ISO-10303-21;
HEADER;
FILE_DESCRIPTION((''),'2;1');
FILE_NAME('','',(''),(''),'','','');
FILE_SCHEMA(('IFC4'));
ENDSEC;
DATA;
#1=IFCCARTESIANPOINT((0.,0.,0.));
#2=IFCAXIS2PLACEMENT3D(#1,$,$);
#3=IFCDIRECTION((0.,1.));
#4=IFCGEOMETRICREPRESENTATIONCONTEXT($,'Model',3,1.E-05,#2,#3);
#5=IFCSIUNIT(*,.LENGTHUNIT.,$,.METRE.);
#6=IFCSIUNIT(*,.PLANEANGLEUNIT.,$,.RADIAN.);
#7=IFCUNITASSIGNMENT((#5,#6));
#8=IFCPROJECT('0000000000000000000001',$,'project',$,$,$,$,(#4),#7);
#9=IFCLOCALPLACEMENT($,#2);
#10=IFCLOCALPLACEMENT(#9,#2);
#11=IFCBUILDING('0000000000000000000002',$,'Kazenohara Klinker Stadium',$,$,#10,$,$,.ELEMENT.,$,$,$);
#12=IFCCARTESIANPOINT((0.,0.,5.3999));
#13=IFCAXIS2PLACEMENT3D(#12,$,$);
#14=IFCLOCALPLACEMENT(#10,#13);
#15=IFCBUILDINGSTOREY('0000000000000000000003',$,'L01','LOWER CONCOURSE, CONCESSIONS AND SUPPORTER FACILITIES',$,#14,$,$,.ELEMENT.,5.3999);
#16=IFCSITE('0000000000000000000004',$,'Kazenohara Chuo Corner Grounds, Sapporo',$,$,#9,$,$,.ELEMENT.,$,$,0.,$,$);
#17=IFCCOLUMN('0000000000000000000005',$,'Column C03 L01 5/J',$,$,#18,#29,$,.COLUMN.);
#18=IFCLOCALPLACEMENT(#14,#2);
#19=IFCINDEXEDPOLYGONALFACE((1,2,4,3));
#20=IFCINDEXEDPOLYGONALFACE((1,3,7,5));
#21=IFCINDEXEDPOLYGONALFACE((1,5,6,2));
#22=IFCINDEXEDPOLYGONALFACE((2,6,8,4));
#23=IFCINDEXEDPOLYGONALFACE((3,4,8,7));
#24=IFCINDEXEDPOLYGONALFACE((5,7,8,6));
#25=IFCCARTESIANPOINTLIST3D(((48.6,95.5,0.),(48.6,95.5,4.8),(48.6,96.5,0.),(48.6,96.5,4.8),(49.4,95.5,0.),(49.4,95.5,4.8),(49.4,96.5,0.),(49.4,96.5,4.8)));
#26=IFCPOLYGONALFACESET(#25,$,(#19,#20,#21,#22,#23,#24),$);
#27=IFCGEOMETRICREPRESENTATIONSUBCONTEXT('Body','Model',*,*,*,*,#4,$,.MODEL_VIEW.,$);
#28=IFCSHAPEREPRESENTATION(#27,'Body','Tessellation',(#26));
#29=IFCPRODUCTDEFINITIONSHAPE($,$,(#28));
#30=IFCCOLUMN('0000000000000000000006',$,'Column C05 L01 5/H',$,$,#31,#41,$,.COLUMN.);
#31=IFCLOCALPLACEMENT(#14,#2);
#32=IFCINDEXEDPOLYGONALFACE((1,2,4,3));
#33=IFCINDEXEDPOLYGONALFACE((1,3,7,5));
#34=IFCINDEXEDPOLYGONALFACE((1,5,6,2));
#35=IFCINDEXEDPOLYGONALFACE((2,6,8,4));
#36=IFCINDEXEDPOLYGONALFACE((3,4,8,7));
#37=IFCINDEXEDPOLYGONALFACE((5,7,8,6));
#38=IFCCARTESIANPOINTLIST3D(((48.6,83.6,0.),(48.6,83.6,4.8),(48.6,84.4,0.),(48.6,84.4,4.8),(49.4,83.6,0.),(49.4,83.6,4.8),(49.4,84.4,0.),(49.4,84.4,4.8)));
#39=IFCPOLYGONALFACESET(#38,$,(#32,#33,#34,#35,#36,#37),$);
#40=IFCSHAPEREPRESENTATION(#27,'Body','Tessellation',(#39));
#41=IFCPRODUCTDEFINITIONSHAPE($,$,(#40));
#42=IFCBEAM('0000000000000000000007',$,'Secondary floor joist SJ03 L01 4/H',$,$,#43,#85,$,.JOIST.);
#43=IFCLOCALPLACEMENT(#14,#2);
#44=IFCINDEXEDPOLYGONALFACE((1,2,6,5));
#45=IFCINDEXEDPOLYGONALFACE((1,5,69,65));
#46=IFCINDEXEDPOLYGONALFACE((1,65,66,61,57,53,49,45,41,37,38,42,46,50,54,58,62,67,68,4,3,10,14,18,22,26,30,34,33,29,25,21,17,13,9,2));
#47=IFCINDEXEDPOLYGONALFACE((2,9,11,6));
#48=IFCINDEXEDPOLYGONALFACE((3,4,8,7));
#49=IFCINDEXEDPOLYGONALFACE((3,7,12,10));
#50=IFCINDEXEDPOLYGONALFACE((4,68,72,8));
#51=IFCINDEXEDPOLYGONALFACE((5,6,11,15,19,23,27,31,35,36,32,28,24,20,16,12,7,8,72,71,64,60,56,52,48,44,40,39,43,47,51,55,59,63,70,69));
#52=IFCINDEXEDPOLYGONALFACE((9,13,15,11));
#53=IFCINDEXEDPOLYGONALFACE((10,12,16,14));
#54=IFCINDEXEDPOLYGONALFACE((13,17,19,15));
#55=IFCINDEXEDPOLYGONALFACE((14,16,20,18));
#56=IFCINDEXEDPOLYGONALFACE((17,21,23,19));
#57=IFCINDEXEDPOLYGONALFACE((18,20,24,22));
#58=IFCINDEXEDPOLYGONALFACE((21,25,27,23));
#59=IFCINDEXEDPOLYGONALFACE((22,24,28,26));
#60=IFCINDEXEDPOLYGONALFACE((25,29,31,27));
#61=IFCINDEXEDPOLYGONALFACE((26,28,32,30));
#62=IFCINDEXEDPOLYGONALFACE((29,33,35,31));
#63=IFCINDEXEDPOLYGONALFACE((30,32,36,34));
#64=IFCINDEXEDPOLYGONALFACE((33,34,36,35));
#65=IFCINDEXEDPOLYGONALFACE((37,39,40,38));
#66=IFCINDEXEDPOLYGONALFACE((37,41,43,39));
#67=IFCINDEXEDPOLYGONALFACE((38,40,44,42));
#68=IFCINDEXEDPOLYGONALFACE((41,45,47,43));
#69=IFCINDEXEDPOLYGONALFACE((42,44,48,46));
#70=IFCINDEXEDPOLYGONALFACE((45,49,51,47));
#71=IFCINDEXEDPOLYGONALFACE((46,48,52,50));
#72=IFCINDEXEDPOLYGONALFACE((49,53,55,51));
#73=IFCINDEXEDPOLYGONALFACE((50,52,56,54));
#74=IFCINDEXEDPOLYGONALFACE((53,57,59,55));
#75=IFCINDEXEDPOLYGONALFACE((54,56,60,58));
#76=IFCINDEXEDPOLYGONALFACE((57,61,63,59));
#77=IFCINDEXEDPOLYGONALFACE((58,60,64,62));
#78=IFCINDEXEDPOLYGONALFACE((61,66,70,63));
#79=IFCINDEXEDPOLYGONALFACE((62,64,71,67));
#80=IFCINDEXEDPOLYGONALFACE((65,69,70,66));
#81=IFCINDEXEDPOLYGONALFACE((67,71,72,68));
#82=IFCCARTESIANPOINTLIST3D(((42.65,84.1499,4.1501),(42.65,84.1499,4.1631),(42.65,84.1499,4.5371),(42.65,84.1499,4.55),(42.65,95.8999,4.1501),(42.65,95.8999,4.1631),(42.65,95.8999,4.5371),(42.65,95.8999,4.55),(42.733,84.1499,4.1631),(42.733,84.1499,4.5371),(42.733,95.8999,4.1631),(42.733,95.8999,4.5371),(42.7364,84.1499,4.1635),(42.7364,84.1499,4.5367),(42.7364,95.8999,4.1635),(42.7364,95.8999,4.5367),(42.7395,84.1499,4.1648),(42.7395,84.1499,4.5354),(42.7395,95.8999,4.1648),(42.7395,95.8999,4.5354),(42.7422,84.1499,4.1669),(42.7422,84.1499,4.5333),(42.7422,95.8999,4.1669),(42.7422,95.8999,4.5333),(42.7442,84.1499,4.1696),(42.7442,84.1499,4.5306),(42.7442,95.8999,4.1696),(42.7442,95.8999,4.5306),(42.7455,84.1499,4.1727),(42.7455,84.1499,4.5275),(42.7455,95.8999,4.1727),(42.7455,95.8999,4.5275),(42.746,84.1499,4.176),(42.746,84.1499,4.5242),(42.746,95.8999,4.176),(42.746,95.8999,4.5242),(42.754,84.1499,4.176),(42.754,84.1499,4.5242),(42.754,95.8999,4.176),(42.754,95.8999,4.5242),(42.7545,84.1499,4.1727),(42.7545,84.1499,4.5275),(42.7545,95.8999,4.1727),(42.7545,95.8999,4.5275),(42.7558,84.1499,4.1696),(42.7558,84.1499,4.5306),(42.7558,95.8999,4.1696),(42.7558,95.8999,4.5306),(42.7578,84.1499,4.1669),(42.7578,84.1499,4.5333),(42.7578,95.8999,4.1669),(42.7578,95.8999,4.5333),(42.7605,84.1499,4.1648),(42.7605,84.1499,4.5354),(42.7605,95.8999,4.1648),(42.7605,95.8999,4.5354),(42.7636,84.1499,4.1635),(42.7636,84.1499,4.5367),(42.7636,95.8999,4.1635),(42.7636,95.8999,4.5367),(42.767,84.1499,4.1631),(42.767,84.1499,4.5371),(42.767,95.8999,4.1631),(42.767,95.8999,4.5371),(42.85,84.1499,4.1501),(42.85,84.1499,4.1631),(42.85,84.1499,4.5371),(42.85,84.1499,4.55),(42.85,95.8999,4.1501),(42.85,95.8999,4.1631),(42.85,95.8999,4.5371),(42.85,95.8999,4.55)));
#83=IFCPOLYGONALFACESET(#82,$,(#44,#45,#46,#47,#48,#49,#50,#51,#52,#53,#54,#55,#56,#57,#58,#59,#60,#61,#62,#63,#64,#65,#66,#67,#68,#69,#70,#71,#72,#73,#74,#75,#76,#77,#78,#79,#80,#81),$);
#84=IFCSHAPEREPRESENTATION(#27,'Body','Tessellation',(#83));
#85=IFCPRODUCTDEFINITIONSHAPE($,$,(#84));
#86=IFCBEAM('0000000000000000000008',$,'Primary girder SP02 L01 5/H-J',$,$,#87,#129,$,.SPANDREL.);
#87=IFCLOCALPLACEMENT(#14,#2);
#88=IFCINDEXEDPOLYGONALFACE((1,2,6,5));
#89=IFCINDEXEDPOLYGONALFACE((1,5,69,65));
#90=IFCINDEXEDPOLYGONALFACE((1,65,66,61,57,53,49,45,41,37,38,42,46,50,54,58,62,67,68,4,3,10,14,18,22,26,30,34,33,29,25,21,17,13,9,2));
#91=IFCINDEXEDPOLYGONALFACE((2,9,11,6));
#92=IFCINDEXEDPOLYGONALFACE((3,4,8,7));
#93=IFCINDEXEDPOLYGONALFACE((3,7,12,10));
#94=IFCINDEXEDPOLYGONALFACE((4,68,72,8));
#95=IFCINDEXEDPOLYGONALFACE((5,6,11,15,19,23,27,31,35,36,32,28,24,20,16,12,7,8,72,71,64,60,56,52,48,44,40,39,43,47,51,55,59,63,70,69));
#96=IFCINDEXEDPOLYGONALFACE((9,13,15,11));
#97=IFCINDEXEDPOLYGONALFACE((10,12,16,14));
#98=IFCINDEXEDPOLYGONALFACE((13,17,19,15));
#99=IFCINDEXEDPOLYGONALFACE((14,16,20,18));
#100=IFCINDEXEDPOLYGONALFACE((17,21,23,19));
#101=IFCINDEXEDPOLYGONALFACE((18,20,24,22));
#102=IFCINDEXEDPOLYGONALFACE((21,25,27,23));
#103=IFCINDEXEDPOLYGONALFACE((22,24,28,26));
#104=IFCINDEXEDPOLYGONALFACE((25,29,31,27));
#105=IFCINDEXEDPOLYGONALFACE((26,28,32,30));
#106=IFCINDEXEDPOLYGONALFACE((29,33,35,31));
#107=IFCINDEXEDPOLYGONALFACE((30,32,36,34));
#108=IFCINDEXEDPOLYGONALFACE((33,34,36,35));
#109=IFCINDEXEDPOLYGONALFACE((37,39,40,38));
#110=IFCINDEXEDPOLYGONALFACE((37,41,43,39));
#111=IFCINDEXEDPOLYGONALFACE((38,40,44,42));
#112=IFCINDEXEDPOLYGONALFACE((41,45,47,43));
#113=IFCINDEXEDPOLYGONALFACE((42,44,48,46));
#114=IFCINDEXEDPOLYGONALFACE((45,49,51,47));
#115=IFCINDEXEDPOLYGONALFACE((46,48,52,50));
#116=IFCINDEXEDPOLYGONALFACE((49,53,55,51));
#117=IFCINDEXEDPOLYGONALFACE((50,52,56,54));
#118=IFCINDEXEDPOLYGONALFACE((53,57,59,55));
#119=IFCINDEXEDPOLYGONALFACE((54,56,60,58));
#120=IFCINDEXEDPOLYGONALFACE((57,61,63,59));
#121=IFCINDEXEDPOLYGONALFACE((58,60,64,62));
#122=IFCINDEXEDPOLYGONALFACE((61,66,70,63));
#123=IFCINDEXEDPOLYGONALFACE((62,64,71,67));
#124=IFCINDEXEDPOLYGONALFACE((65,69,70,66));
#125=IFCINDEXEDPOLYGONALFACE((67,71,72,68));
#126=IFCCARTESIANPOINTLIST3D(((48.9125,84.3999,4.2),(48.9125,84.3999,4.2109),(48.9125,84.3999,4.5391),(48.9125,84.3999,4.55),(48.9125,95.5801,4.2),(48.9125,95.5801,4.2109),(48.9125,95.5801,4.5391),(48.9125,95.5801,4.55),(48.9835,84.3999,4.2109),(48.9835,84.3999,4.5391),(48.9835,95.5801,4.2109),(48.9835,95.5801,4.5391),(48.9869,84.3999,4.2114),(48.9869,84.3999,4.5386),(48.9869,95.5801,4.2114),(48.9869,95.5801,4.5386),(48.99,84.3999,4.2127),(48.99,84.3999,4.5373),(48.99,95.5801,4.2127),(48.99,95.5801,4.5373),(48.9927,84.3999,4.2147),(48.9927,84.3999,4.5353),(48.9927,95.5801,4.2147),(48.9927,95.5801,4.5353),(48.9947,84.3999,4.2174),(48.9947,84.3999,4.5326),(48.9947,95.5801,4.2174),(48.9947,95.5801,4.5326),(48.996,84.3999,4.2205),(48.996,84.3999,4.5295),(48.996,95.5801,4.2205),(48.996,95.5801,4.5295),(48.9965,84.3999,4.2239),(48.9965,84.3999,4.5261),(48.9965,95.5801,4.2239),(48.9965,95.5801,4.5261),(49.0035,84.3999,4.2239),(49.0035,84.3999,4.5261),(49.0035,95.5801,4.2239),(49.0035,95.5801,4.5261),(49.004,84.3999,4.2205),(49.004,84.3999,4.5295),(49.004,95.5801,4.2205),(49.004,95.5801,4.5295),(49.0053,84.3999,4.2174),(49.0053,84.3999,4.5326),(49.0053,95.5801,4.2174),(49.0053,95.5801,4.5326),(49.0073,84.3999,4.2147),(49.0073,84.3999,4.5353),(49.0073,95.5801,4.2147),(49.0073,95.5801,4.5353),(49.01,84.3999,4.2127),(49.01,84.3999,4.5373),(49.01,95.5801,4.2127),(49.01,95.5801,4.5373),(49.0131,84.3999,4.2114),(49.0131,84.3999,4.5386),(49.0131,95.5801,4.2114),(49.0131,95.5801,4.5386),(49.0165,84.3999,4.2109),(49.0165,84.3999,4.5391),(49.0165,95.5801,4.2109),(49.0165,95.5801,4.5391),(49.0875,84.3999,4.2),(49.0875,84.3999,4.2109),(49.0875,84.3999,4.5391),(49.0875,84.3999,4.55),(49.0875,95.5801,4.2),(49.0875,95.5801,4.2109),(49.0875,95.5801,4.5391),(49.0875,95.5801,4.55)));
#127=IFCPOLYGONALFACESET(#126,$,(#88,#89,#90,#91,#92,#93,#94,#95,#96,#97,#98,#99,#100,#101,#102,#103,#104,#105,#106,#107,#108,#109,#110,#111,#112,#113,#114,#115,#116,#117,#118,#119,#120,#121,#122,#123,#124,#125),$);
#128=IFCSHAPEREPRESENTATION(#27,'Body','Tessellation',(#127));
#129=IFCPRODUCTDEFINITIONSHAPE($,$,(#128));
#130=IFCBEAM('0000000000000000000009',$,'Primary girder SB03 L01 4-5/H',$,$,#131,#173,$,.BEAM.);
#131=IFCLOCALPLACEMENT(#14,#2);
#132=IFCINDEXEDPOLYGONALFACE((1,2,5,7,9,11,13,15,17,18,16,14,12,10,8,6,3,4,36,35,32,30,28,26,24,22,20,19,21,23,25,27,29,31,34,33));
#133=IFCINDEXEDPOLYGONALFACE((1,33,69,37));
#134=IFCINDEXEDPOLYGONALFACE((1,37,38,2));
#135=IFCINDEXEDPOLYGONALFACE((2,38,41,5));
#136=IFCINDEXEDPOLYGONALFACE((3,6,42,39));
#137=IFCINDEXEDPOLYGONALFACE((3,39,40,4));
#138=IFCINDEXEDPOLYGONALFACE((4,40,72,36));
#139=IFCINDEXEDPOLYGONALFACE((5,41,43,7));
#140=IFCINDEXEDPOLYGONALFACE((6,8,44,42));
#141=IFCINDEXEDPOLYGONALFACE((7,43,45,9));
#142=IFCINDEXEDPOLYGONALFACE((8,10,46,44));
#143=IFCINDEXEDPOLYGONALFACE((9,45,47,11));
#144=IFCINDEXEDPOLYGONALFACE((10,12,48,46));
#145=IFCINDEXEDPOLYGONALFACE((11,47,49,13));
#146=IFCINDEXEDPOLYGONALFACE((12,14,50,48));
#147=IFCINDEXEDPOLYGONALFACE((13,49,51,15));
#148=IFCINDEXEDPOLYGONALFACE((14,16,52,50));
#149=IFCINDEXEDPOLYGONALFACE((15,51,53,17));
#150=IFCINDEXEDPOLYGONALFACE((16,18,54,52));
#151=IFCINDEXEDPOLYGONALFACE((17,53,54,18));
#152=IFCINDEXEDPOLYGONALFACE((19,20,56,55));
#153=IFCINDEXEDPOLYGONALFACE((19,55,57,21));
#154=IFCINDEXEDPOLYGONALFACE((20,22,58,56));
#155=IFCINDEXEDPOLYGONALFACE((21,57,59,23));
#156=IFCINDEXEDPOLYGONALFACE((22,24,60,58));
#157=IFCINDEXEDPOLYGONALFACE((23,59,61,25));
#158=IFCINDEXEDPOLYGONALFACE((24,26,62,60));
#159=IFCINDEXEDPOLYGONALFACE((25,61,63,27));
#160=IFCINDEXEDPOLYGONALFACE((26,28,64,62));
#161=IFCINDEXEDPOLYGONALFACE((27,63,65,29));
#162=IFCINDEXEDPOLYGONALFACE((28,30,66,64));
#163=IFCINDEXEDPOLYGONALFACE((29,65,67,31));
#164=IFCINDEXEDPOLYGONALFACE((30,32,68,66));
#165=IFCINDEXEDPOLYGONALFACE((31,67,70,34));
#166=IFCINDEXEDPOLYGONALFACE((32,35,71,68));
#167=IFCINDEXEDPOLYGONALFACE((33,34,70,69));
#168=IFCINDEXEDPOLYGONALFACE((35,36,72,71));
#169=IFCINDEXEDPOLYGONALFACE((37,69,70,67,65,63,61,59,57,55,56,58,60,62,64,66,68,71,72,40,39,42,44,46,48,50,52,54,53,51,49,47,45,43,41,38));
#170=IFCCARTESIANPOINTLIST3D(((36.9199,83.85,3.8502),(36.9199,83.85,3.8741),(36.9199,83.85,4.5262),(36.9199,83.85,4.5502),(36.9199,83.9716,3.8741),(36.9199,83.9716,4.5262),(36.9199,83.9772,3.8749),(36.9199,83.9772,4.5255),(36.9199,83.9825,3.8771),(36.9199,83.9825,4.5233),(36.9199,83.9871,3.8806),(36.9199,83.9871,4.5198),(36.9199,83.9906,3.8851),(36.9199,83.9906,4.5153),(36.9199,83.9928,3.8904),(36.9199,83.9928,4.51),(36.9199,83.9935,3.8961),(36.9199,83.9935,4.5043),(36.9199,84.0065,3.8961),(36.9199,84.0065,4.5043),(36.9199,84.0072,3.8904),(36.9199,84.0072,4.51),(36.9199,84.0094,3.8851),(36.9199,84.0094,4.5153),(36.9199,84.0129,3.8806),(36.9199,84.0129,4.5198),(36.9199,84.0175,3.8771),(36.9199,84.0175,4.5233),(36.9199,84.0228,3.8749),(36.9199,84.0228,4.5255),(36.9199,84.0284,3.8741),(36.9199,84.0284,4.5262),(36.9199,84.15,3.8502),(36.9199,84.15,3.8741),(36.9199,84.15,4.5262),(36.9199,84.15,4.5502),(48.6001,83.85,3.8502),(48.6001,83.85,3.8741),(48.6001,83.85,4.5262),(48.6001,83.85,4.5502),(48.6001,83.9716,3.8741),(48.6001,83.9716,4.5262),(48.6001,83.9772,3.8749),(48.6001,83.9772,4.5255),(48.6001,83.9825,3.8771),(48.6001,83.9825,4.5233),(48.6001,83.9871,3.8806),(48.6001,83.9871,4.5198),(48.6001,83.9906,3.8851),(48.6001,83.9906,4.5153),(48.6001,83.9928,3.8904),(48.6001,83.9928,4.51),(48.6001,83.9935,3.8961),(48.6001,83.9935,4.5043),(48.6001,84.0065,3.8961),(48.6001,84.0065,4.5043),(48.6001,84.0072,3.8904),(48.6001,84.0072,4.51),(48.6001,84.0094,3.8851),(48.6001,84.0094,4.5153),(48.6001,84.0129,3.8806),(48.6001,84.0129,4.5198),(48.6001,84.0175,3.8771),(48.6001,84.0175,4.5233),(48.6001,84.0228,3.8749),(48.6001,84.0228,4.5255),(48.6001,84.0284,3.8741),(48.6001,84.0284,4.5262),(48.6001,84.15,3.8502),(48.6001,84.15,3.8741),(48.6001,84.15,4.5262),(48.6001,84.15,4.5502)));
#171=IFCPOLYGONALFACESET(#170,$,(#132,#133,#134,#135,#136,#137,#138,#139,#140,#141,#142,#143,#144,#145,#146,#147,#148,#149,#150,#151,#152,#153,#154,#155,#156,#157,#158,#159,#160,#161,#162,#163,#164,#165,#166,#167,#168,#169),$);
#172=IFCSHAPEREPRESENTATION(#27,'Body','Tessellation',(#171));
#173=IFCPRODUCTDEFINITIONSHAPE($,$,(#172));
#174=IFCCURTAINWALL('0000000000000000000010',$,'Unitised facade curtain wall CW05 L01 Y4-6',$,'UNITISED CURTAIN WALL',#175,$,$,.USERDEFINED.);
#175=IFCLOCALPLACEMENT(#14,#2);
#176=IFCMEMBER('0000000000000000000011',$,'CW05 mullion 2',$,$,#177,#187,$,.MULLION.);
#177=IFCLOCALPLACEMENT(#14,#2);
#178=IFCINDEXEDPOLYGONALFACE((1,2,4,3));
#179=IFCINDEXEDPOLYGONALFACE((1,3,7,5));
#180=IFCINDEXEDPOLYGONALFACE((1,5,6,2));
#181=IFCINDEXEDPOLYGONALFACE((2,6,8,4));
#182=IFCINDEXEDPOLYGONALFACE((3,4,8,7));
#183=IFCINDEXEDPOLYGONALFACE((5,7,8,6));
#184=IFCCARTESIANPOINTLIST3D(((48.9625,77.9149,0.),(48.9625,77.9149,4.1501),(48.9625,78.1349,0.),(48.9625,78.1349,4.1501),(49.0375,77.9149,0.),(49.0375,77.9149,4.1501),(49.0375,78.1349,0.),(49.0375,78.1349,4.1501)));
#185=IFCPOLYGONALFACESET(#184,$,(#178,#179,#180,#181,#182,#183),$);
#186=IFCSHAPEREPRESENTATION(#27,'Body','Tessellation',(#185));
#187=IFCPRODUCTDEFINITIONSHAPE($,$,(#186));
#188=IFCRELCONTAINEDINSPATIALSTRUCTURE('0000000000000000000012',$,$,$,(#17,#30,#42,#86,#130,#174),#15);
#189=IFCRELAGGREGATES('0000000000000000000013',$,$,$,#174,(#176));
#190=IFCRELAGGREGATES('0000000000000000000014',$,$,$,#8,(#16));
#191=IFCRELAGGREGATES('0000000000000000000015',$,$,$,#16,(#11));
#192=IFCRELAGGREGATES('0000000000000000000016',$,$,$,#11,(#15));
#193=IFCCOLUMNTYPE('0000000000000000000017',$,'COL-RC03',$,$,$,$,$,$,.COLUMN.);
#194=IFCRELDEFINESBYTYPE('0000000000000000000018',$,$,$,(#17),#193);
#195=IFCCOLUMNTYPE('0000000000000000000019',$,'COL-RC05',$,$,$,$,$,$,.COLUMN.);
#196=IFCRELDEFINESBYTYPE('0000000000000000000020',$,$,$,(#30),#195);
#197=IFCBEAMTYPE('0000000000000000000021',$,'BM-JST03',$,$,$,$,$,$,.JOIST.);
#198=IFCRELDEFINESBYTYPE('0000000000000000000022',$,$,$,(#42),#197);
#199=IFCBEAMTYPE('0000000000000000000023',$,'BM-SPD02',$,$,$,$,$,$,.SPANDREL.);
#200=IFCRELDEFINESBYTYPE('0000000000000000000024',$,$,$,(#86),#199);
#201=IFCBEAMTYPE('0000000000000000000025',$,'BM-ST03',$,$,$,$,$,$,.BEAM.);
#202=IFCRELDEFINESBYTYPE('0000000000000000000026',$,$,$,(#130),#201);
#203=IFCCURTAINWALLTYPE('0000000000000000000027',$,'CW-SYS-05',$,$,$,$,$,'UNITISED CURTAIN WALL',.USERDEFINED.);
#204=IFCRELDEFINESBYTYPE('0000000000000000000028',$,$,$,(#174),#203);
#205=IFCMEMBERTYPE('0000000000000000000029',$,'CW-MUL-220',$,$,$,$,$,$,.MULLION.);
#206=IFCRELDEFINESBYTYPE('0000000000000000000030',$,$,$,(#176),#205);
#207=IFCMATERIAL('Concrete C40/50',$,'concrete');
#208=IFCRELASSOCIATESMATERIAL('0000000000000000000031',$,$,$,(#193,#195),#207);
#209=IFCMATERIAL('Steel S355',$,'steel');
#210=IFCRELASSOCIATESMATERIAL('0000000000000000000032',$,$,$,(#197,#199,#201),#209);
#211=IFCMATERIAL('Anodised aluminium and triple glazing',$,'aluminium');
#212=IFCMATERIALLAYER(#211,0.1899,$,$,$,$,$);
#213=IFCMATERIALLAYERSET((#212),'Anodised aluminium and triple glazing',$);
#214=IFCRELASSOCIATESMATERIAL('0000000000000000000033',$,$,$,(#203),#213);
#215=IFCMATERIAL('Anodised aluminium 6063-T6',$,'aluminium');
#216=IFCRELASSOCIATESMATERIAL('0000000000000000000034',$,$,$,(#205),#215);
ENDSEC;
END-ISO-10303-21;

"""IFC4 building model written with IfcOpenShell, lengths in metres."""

from ifc_helpers import new_model, si_unit, direction, frame, origin, origin_2d, place, context, subcontext, project, spatial, rectangle, i_section, extrude, material, layer, layer_set, material_profile, profile_set, type_object, element, aggregate, save


model = new_model("IFC4")

# Units and contexts
model_context = context("Model", 3, precision=1e-05, world=origin(), true_north=direction((0.0, 1.0)))
body_context = subcontext(model_context, "Body", "Model", "MODEL_VIEW")
ifc_project = project(units=[si_unit("LENGTHUNIT", "METRE"), si_unit("PLANEANGLEUNIT", "RADIAN")], contexts=[model_context])

# Site, building, storey
site_placement = place(None, origin())
site = spatial("IfcSite", under=ifc_project, at=site_placement, Name="Kazenohara Chuo Corner Grounds, Sapporo", CompositionType="ELEMENT", RefElevation=0.0)
building_placement = place(site_placement, origin())
building = spatial("IfcBuilding", under=site, at=building_placement, Name="Kazenohara Klinker Stadium", CompositionType="ELEMENT")
storey_placement = place(building_placement, frame((0.0, 0.0, 5.3999)))
storey = spatial("IfcBuildingStorey", under=building, at=storey_placement, Name="L01", Description="LOWER CONCOURSE, CONCESSIONS AND SUPPORTER FACILITIES", CompositionType="ELEMENT", Elevation=5.3999)

# Columns
ifc_material_1 = material(Name="Concrete C40/50", Category="concrete")
ifc_material_profile_1 = material_profile(ifc_material_1, rectangle(XDim=0.8, YDim=1.0, at=origin_2d()), Name="RC-COL-1000x800")
ifc_profile_set_1 = profile_set([ifc_material_profile_1], Name="Concrete C40/50")
column_type_1 = type_object("IfcColumnType", Name="COL-RC03", PredefinedType="COLUMN", material=ifc_profile_set_1)
column_1_placement = place(storey_placement, frame((49.0, 96.0, 0.0), z_axis=(0.0, 0.0, 1.0), x_axis=(1.0, 0.0, 0.0)))
element("IfcColumn", 1, at=column_1_placement, inside=storey, type_object=column_type_1, Name="Column C03 L01 5/J", PredefinedType="COLUMN", context=body_context, shape_type="SweptSolid", body=[
    extrude(rectangle(XDim=0.8, YDim=1.0, at=origin_2d()), origin(), (0.0, 0.0, 1.0), 4.8),
])
ifc_material_profile_2 = material_profile(ifc_material_1, rectangle(XDim=0.8, YDim=0.8, at=origin_2d()), Name="RC-COL-800x800")
ifc_profile_set_2 = profile_set([ifc_material_profile_2], Name="Concrete C40/50")
column_type_2 = type_object("IfcColumnType", Name="COL-RC05", PredefinedType="COLUMN", material=ifc_profile_set_2)
column_2_placement = place(storey_placement, frame((49.0, 84.0, 0.0), z_axis=(0.0, 0.0, 1.0), x_axis=(1.0, 0.0, 0.0)))
element("IfcColumn", 2, at=column_2_placement, inside=storey, type_object=column_type_2, Name="Column C05 L01 5/H", PredefinedType="COLUMN", context=body_context, shape_type="SweptSolid", body=[
    extrude(rectangle(XDim=0.8, YDim=0.8, at=origin_2d()), origin(), (0.0, 0.0, 1.0), 4.8),
])

# Beams
ifc_material_2 = material(Name="Steel S355", Category="steel")
ifc_material_profile_3 = material_profile(ifc_material_2, i_section(OverallWidth=0.2, OverallDepth=0.3999, WebThickness=0.0081, FlangeThickness=0.0129, FilletRadius=0.0129, at=origin_2d()), Name="H-400x200x8x13")
ifc_profile_set_3 = profile_set([ifc_material_profile_3], Name="Steel S355")
beam_type_1 = type_object("IfcBeamType", Name="BM-JST03", PredefinedType="JOIST", material=ifc_profile_set_3)
beam_1_placement = place(storey_placement, frame((42.75, 84.1499, 4.3501), z_axis=(0.0, 1.0, 0.0), x_axis=(-1.0, 0.0, 0.0)))
element("IfcBeam", 3, at=beam_1_placement, inside=storey, type_object=beam_type_1, Name="Secondary floor joist SJ03 L01 4/H", PredefinedType="JOIST", context=body_context, shape_type="SweptSolid", body=[
    extrude(i_section(OverallWidth=0.2, OverallDepth=0.3999, WebThickness=0.0081, FlangeThickness=0.0129, FilletRadius=0.0129, at=origin_2d()), origin(), (0.0, 0.0, 1.0), 11.75),
])
ifc_material_profile_4 = material_profile(ifc_material_2, i_section(OverallWidth=0.175, OverallDepth=0.3501, WebThickness=0.0071, FlangeThickness=0.011, FilletRadius=0.0129, at=origin_2d()), Name="H-350x175x7x11")
ifc_profile_set_4 = profile_set([ifc_material_profile_4], Name="Steel S355")
beam_type_2 = type_object("IfcBeamType", Name="BM-SPD02", PredefinedType="SPANDREL", material=ifc_profile_set_4)
beam_2_placement = place(storey_placement, frame((49.0, 84.3999, 4.375), z_axis=(0.0, 1.0, 0.0), x_axis=(-1.0, 0.0, 0.0)))
element("IfcBeam", 4, at=beam_2_placement, inside=storey, type_object=beam_type_2, Name="Primary girder SP02 L01 5/H-J", PredefinedType="SPANDREL", context=body_context, shape_type="SweptSolid", body=[
    extrude(i_section(OverallWidth=0.175, OverallDepth=0.3501, WebThickness=0.0071, FlangeThickness=0.011, FilletRadius=0.0129, at=origin_2d()), origin(), (0.0, 0.0, 1.0), 11.1802),
])
ifc_material_profile_5 = material_profile(ifc_material_2, i_section(OverallWidth=0.3, OverallDepth=0.7, WebThickness=0.0129, FlangeThickness=0.0239, FilletRadius=0.022, at=origin_2d()), Name="H-700x300x13x24")
ifc_profile_set_5 = profile_set([ifc_material_profile_5], Name="Steel S355")
beam_type_3 = type_object("IfcBeamType", Name="BM-ST03", PredefinedType="BEAM", material=ifc_profile_set_5)
beam_3_placement = place(storey_placement, frame((36.9199, 84.0, 4.2002), z_axis=(1.0, 0.0, 0.0), x_axis=(0.0, 1.0, 0.0)))
element("IfcBeam", 5, at=beam_3_placement, inside=storey, type_object=beam_type_3, Name="Primary girder SB03 L01 4-5/H", PredefinedType="BEAM", context=body_context, shape_type="SweptSolid", body=[
    extrude(i_section(OverallWidth=0.3, OverallDepth=0.7, WebThickness=0.0129, FlangeThickness=0.0239, FilletRadius=0.022, at=origin_2d()), origin(), (0.0, 0.0, 1.0), 11.6802),
])

# Curtain wall, member
ifc_material_3 = material(Name="Anodised aluminium and triple glazing", Category="aluminium")
ifc_layer_1 = layer(ifc_material_3, 0.1899)
ifc_layer_set_1 = layer_set([ifc_layer_1], Name="Anodised aluminium and triple glazing")
curtain_wall_type = type_object("IfcCurtainWallType", Name="CW-SYS-05", ElementType="UNITISED CURTAIN WALL", PredefinedType="USERDEFINED", material=ifc_layer_set_1)
curtain_wall_placement = place(storey_placement, origin())
curtain_wall = element("IfcCurtainWall", 6, at=curtain_wall_placement, inside=storey, type_object=curtain_wall_type, Name="Unitised facade curtain wall CW05 L01 Y4-6", ObjectType="UNITISED CURTAIN WALL", PredefinedType="USERDEFINED")
ifc_material_4 = material(Name="Anodised aluminium 6063-T6", Category="aluminium")
ifc_material_profile_6 = material_profile(ifc_material_4, rectangle(XDim=0.075, YDim=0.22, at=origin_2d()), Name="ALU-MUL-75x220")
ifc_profile_set_6 = profile_set([ifc_material_profile_6], Name="Anodised aluminium 6063-T6")
member_type_1 = type_object("IfcMemberType", Name="CW-MUL-220", PredefinedType="MULLION", material=ifc_profile_set_6)
member_1_placement = place(storey_placement, frame((49.0, 78.0249, 0.0), z_axis=(0.0, 0.0, 1.0), x_axis=(-1.0, 0.0, 0.0)))
member_1 = element("IfcMember", 7, at=member_1_placement, type_object=member_type_1, Name="CW05 mullion 2", PredefinedType="MULLION", context=body_context, shape_type="SweptSolid", body=[
    extrude(rectangle(XDim=0.075, YDim=0.22, at=origin_2d()), origin(), (0.0, 0.0, 1.0), 4.1501),
])

aggregate(curtain_wall, [member_1])

save(model, "model.ifc")
